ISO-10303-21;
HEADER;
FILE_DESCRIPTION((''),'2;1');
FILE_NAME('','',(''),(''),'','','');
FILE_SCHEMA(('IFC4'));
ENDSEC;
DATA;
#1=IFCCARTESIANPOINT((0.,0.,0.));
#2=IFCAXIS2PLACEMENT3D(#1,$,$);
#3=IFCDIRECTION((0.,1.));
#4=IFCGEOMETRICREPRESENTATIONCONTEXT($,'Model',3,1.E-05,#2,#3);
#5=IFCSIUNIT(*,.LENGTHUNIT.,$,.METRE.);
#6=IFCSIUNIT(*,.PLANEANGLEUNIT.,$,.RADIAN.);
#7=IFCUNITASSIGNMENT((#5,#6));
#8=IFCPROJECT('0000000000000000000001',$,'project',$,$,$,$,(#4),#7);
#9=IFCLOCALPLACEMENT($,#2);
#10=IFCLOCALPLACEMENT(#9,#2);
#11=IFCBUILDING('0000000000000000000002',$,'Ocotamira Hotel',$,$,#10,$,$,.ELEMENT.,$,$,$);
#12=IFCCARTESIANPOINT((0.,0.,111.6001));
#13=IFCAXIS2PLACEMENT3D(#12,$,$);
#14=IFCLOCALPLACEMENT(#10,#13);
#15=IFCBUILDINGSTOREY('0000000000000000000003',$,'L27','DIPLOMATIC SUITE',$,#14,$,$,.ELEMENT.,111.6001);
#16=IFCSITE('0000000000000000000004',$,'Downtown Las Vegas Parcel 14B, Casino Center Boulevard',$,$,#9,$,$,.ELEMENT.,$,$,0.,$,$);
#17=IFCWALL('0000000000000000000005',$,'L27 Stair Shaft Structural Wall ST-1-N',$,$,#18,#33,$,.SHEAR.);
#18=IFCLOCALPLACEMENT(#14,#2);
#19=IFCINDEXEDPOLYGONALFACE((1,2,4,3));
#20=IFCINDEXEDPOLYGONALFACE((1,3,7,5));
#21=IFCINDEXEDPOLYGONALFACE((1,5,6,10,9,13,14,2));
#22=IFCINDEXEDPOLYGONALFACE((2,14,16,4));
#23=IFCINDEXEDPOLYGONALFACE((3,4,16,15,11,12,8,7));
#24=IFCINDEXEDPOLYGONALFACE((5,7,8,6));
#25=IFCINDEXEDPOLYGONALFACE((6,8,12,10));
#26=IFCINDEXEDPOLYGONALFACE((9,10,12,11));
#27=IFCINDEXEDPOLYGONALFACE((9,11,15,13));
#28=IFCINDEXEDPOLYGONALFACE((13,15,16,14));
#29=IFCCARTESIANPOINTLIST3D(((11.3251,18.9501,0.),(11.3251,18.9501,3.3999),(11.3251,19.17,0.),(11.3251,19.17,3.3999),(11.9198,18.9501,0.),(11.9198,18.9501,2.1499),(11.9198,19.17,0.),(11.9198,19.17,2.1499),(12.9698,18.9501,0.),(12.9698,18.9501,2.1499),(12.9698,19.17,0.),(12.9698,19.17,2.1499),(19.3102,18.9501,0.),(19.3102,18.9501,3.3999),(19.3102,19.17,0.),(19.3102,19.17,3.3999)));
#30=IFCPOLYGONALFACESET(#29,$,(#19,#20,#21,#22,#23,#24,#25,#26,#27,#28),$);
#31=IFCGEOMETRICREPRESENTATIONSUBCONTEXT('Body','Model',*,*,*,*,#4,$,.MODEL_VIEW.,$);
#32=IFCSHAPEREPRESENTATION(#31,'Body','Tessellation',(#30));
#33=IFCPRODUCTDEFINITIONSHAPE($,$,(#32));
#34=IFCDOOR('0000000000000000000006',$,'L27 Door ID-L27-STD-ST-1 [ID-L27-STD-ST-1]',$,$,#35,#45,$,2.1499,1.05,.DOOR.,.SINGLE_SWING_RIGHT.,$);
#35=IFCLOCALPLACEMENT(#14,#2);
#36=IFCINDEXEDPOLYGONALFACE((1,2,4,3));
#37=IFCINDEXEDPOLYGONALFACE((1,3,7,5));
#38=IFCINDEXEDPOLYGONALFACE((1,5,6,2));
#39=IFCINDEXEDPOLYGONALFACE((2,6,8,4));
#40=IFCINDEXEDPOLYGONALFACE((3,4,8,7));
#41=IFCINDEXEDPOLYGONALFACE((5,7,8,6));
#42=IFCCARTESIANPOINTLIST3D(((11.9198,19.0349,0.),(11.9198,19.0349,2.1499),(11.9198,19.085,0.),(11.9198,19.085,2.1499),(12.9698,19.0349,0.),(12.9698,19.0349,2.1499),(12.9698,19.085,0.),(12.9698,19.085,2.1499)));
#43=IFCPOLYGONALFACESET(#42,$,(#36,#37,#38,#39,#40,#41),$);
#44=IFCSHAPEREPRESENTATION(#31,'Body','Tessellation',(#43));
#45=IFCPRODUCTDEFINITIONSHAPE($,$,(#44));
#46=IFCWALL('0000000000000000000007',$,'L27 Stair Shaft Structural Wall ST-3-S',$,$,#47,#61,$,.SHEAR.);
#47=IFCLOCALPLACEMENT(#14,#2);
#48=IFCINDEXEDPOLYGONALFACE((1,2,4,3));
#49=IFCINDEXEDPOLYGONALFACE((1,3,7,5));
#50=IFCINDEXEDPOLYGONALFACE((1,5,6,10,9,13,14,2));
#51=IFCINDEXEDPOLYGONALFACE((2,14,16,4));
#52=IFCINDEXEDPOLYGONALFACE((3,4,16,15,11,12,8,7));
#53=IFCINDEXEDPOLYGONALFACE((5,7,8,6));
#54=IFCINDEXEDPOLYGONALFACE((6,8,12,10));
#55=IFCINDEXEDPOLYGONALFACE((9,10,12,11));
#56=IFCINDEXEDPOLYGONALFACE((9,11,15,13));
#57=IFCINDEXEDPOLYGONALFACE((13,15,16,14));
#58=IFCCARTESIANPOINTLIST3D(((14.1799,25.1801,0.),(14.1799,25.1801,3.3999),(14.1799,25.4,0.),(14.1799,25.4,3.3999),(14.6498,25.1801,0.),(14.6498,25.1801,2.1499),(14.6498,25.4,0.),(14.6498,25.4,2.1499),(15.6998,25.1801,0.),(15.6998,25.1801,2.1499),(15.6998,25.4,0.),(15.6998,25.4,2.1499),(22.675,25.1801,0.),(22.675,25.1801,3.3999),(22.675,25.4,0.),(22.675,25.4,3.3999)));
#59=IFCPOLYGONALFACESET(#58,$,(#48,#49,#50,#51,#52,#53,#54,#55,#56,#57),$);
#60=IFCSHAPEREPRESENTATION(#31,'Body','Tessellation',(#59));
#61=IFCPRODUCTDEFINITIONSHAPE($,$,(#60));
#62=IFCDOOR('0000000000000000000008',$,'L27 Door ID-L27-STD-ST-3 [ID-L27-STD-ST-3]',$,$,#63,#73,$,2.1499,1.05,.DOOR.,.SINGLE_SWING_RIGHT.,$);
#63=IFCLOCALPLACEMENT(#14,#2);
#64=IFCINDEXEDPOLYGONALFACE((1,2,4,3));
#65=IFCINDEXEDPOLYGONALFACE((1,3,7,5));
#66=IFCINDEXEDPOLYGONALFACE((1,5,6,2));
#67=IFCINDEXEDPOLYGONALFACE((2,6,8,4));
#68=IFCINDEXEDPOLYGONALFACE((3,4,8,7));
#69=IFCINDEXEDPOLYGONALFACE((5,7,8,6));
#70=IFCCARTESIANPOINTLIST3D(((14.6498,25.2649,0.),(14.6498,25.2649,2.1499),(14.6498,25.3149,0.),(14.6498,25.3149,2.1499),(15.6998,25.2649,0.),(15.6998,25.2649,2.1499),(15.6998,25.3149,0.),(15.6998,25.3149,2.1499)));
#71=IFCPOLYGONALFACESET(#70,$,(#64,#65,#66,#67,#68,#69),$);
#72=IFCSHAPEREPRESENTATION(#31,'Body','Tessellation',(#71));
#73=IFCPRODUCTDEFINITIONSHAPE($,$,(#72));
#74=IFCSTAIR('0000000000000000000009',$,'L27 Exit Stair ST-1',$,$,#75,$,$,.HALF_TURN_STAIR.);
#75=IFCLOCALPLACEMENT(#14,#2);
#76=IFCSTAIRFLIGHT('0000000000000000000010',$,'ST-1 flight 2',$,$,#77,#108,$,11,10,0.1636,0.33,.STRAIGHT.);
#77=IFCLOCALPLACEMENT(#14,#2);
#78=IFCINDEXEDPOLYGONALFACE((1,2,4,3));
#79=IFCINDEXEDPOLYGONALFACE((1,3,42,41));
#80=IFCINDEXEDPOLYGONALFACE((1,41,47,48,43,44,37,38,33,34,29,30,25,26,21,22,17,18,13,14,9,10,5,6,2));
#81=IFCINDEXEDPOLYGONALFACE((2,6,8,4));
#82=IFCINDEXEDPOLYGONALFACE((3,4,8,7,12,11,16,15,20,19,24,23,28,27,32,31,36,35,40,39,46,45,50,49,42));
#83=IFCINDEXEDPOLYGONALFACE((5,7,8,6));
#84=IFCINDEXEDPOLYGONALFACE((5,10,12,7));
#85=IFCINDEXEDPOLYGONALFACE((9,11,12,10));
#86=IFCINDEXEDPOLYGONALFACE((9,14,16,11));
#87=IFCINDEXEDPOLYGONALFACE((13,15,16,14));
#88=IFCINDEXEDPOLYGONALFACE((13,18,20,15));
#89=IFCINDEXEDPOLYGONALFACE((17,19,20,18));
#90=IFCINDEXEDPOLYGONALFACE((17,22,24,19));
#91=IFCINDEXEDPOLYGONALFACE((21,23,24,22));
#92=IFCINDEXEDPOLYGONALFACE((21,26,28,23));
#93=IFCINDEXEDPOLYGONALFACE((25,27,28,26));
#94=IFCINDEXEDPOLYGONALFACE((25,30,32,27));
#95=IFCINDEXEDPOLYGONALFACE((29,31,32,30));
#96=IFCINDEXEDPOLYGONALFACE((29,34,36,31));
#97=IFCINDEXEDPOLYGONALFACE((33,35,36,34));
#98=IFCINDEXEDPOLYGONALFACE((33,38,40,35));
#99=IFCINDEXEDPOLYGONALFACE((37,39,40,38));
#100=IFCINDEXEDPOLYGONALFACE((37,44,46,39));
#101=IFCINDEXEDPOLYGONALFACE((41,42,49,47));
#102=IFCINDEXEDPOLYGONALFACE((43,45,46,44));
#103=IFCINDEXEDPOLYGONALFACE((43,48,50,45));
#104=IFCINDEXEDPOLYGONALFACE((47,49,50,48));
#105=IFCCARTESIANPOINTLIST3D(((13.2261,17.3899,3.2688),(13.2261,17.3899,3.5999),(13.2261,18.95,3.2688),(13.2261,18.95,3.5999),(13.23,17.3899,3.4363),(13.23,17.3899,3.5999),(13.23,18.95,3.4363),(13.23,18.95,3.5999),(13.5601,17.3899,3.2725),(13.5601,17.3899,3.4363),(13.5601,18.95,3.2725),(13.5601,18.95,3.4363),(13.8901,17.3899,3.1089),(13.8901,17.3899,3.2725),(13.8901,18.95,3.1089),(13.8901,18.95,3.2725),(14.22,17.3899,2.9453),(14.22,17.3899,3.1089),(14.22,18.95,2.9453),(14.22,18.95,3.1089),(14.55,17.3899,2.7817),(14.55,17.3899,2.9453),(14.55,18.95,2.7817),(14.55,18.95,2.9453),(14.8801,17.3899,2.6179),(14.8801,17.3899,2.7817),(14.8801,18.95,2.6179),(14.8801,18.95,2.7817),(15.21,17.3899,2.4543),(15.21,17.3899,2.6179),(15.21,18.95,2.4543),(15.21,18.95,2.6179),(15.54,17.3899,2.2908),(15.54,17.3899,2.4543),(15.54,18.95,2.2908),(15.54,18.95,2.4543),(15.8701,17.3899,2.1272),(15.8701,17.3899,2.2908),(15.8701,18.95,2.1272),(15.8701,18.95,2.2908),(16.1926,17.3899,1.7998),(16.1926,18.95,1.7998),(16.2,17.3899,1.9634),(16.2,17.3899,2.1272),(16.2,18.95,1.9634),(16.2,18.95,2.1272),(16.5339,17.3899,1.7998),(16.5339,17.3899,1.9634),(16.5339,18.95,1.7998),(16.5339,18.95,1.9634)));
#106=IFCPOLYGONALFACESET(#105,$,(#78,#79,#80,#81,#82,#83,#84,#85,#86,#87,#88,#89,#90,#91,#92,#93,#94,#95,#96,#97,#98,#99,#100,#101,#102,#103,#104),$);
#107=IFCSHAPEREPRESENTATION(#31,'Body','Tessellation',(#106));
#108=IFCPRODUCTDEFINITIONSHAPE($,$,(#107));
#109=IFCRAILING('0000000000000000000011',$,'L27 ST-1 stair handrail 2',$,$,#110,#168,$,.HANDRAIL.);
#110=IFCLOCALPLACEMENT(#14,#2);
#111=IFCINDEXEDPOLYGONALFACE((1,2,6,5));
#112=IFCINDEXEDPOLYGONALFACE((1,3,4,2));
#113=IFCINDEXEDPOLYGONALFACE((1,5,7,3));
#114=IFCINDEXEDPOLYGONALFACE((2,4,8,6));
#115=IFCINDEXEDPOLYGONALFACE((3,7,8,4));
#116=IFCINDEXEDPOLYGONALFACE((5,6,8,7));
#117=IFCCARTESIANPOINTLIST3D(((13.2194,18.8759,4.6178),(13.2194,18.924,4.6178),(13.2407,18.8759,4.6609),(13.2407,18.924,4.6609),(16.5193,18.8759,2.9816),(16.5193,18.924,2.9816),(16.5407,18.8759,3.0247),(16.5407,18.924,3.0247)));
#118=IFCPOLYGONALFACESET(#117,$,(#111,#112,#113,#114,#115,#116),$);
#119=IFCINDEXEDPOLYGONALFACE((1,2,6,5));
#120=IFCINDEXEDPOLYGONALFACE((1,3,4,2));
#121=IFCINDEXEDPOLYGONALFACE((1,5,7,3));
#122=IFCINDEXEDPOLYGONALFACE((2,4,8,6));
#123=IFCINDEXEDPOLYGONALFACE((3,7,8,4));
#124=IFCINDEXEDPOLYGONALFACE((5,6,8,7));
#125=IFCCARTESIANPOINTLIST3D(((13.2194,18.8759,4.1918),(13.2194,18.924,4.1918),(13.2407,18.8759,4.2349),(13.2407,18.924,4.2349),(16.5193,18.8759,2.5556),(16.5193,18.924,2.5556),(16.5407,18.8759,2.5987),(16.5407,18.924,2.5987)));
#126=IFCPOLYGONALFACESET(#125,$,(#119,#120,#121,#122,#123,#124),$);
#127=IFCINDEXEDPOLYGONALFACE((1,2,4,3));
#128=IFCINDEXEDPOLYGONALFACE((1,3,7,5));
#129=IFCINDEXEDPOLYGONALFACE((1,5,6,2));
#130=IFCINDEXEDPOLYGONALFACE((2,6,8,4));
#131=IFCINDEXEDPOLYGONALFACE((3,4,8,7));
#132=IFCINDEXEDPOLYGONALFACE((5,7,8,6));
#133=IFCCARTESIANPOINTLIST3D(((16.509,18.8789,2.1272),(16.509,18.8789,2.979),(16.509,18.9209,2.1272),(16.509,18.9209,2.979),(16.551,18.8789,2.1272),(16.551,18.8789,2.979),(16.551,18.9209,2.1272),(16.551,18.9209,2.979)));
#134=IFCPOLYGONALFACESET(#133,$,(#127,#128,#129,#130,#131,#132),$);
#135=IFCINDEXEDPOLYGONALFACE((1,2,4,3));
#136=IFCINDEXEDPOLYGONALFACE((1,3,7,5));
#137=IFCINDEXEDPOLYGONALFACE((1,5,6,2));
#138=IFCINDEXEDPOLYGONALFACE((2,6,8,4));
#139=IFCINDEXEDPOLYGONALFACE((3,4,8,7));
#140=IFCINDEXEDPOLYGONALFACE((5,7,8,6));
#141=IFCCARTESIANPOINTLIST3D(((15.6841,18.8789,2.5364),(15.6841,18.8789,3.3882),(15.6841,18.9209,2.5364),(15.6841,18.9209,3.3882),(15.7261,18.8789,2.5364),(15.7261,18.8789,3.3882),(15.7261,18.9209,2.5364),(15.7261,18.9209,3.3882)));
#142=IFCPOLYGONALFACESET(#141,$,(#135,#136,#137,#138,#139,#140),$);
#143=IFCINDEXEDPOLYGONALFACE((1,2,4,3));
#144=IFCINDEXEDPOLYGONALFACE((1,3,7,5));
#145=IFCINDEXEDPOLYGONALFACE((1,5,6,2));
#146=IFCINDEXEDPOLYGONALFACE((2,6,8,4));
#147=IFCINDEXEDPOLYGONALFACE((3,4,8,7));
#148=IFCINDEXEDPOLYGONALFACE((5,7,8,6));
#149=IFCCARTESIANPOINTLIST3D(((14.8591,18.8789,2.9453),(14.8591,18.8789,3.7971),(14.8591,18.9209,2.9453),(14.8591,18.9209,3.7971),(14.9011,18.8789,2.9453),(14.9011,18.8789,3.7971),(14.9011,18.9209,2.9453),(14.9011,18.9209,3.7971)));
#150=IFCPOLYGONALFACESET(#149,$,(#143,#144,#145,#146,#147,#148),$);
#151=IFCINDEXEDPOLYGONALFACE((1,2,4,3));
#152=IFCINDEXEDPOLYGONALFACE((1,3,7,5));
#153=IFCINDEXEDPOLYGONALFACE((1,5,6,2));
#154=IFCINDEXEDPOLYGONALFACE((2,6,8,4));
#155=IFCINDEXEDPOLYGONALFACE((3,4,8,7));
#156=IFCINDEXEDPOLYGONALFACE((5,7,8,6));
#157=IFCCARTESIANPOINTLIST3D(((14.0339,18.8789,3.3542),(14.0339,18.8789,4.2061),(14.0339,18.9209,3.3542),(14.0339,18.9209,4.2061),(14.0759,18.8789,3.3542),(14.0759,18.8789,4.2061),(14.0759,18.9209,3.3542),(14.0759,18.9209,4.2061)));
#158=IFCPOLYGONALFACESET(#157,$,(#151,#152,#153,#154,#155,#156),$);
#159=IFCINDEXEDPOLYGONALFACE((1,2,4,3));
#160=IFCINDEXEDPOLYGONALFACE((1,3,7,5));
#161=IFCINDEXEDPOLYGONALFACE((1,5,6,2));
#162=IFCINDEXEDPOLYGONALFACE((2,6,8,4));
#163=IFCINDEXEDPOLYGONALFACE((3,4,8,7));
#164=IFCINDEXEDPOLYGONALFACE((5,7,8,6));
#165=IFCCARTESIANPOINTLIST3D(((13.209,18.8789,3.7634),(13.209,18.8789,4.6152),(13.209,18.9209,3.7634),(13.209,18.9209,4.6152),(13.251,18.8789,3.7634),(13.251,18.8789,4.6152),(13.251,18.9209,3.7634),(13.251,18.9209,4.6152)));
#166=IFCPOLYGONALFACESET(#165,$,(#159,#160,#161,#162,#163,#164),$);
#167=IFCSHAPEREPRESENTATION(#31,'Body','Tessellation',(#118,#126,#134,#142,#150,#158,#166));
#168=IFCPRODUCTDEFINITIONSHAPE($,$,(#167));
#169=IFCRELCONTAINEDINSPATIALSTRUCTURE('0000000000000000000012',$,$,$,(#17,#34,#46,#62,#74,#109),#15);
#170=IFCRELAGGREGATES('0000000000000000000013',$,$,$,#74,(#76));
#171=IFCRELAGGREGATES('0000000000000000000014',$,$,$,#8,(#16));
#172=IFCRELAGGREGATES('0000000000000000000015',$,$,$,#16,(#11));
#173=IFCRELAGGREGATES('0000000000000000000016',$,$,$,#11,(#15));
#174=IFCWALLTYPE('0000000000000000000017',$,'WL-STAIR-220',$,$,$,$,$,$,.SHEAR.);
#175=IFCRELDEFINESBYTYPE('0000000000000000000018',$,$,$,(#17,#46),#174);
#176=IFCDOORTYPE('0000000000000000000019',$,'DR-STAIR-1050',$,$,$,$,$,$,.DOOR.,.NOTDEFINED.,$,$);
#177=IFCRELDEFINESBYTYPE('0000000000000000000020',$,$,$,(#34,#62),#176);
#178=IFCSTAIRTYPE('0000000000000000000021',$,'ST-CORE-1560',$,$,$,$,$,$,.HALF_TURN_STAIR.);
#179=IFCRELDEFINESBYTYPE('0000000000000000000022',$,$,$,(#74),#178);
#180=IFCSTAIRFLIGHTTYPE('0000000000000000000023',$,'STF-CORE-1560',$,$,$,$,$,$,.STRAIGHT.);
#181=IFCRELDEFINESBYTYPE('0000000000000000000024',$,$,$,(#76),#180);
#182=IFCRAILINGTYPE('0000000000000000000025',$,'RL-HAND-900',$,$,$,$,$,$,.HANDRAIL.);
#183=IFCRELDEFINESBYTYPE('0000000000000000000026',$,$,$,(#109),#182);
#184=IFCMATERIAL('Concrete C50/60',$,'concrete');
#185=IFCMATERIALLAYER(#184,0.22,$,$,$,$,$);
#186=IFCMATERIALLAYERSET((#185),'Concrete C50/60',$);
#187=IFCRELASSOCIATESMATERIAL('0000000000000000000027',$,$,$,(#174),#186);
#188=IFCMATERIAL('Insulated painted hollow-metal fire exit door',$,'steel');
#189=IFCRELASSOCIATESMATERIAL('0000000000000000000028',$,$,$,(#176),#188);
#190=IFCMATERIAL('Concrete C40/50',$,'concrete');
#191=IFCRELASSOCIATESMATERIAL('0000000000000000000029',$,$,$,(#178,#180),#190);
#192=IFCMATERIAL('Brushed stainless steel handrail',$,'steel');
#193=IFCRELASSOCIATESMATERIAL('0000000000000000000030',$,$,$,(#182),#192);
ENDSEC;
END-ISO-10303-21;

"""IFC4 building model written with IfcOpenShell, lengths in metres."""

from ifc_helpers import new_model, si_unit, direction, frame, frame_2d, origin, origin_2d, place, context, subcontext, project, spatial, polyline, rectangle, outline, extrude, source, transform, mapped, material, layer, layer_set, type_object, element, fill, aggregate, save


model = new_model("IFC4")

# Units and contexts
model_context = context("Model", 3, precision=1e-05, world=origin(), true_north=direction((0.0, 1.0)))
body_context = subcontext(model_context, "Body", "Model", "MODEL_VIEW")
ifc_project = project(units=[si_unit("LENGTHUNIT", "METRE"), si_unit("PLANEANGLEUNIT", "RADIAN")], contexts=[model_context])

# Site, building, storey
site_placement = place(None, origin())
site = spatial("IfcSite", under=ifc_project, at=site_placement, Name="Downtown Las Vegas Parcel 14B, Casino Center Boulevard", CompositionType="ELEMENT", RefElevation=0.0)
building_placement = place(site_placement, origin())
building = spatial("IfcBuilding", under=site, at=building_placement, Name="Ocotamira Hotel", CompositionType="ELEMENT")
storey_placement = place(building_placement, frame((0.0, 0.0, 111.6001)))
storey = spatial("IfcBuildingStorey", under=building, at=storey_placement, Name="L27", Description="DIPLOMATIC SUITE", CompositionType="ELEMENT", Elevation=111.6001)

# Walls, openings, doors
ifc_material_1 = material(Name="Concrete C50/60", Category="concrete")
ifc_layer_1 = layer(ifc_material_1, 0.22)
ifc_layer_set_1 = layer_set([ifc_layer_1], Name="Concrete C50/60")
wall_type_1 = type_object("IfcWallType", Name="WL-STAIR-220", PredefinedType="SHEAR", material=ifc_layer_set_1)
wall_1_placement = place(storey_placement, frame((11.325, 19.0601, 0.0), z_axis=(0.0, 0.0, 1.0), x_axis=(1.0, 0.0, 0.0)))
wall_1 = element("IfcWall", 1, at=wall_1_placement, inside=storey, type_object=wall_type_1, Name="L27 Stair Shaft Structural Wall ST-1-N", PredefinedType="SHEAR", context=body_context, shape_type="SweptSolid", body=[
    extrude(rectangle(XDim=7.9851, YDim=0.22, at=frame_2d((3.9927, 0.0))), origin(), (0.0, 0.0, 1.0), 3.3999),
])
opening_1_placement = place(wall_1_placement, frame((0.595, 0.0, 0.0)))
opening_1 = element("IfcOpeningElement", 2, at=opening_1_placement, cuts=wall_1, PredefinedType="OPENING", context=body_context, shape_type="SweptSolid", body=[
    extrude(rectangle(XDim=1.05, YDim=2.1499, at=frame_2d((0.5249, 1.075))), frame((0.0, 0.1201, 0.0), z_axis=(0.0, -1.0, 0.0), x_axis=(1.0, 0.0, 0.0)), (0.0, 0.0, 1.0), 0.24),
])
ifc_material_2 = material(Name="Insulated painted hollow-metal fire exit door", Category="steel")
door_type_1 = type_object("IfcDoorType", Name="DR-STAIR-1050", OperationType="NOTDEFINED", PredefinedType="DOOR", material=ifc_material_2)
shared_shape_1 = source(origin(), body_context, "Body", "SweptSolid", [
    extrude(rectangle(XDim=1.05, YDim=2.1499, at=frame_2d((0.5249, 1.075))), frame((0.0, 0.0249, 0.0), z_axis=(0.0, -1.0, 0.0), x_axis=(1.0, 0.0, 0.0)), (0.0, 0.0, 1.0), 0.05),
])
door_1_placement = place(opening_1_placement, origin())
door_1 = element("IfcDoor", 3, at=door_1_placement, inside=storey, type_object=door_type_1, Name="L27 Door ID-L27-STD-ST-1 [ID-L27-STD-ST-1]", OperationType="SINGLE_SWING_RIGHT", OverallHeight=2.1499, OverallWidth=1.05, PredefinedType="DOOR", context=body_context, shape_type="MappedRepresentation", body=[
    mapped(shared_shape_1, transform((0.0, 0.0, 0.0), scale=1.0)),
])
fill(opening_1, door_1)
wall_2_placement = place(storey_placement, frame((14.1799, 25.29, 0.0), z_axis=(0.0, 0.0, 1.0), x_axis=(1.0, 0.0, 0.0)))
wall_2 = element("IfcWall", 4, at=wall_2_placement, inside=storey, type_object=wall_type_1, Name="L27 Stair Shaft Structural Wall ST-3-S", PredefinedType="SHEAR", context=body_context, shape_type="SweptSolid", body=[
    extrude(rectangle(XDim=8.4951, YDim=0.22, at=frame_2d((4.2476, 0.0))), origin(), (0.0, 0.0, 1.0), 3.3999),
])
opening_2_placement = place(wall_2_placement, frame((0.47, 0.0, 0.0)))
opening_2 = element("IfcOpeningElement", 5, at=opening_2_placement, cuts=wall_2, PredefinedType="OPENING", context=body_context, shape_type="SweptSolid", body=[
    extrude(rectangle(XDim=1.05, YDim=2.1499, at=frame_2d((0.5249, 1.075))), frame((0.0, 0.1201, 0.0), z_axis=(0.0, -1.0, 0.0), x_axis=(1.0, 0.0, 0.0)), (0.0, 0.0, 1.0), 0.24),
])
door_2_placement = place(opening_2_placement, origin())
door_2 = element("IfcDoor", 6, at=door_2_placement, inside=storey, type_object=door_type_1, Name="L27 Door ID-L27-STD-ST-3 [ID-L27-STD-ST-3]", OperationType="SINGLE_SWING_RIGHT", OverallHeight=2.1499, OverallWidth=1.05, PredefinedType="DOOR", context=body_context, shape_type="MappedRepresentation", body=[
    mapped(shared_shape_1, transform((0.0, 0.0, 0.0), scale=1.0)),
])
fill(opening_2, door_2)

# Stair, stair flight
ifc_material_3 = material(Name="Concrete C40/50", Category="concrete")
stair_type = type_object("IfcStairType", Name="ST-CORE-1560", PredefinedType="HALF_TURN_STAIR", material=ifc_material_3)
stair_placement = place(storey_placement, origin())
stair = element("IfcStair", 7, at=stair_placement, inside=storey, type_object=stair_type, Name="L27 Exit Stair ST-1", PredefinedType="HALF_TURN_STAIR")
stair_flight_type = type_object("IfcStairFlightType", Name="STF-CORE-1560", PredefinedType="STRAIGHT", material=ifc_material_3)
shared_shape_2 = source(origin(), body_context, "Body", "SweptSolid", [
    extrude(outline(polyline([(-0.0039, 0.0), (-0.0039, 0.1636), (0.3301, 0.1636), (0.3301, 0.3274), (0.6599, 0.3274), (0.6599, 0.491), (0.99, 0.491), (0.99, 0.6545), (1.3201, 0.6545), (1.3201, 0.8181), (1.6499, 0.8181), (1.6499, 0.9819), (1.98, 0.9819), (1.98, 1.1455), (2.3101, 1.1455), (2.3101, 1.3091), (2.6399, 1.3091), (2.6399, 1.4727), (2.97, 1.4727), (2.97, 1.6365), (3.3, 1.6365), (3.3, 1.8), (3.304, 1.8), (3.304, 1.469), (0.3374, 0.0), (-0.0039, 0.0)])), frame((0.0, 0.78, 0.0), z_axis=(0.0, -1.0, 0.0), x_axis=(1.0, 0.0, 0.0)), (0.0, 0.0, 1.0), 1.5601),
])
stair_flight_placement = place(storey_placement, frame((16.53, 18.1699, 1.7998), z_axis=(0.0, 0.0, 1.0), x_axis=(-1.0, 0.0, 0.0)))
stair_flight = element("IfcStairFlight", 8, at=stair_flight_placement, type_object=stair_flight_type, Name="ST-1 flight 2", NumberOfRisers=11, NumberOfTreads=10, PredefinedType="STRAIGHT", RiserHeight=0.1636, TreadLength=0.33, context=body_context, shape_type="MappedRepresentation", body=[
    mapped(shared_shape_2, transform((0.0, 0.0, 0.0), scale=1.0)),
])
aggregate(stair, [stair_flight])

# Railing
ifc_material_4 = material(Name="Brushed stainless steel handrail", Category="steel")
railing_type_1 = type_object("IfcRailingType", Name="RL-HAND-900", PredefinedType="HANDRAIL", material=ifc_material_4)
railing_1_placement = place(storey_placement, frame((16.53, 18.8999, 2.1272)))
element("IfcRailing", 9, at=railing_1_placement, inside=storey, type_object=railing_type_1, Name="L27 ST-1 stair handrail 2", PredefinedType="HANDRAIL", context=body_context, shape_type="SweptSolid", body=[
    extrude(rectangle(XDim=0.0481, YDim=0.0481, at=origin_2d()), frame((0.0, 0.0, 0.876), z_axis=(-0.89592, 0.0, 0.444215), x_axis=(0.0, -1.0, 0.0)), (0.0, 0.0, 1.0), 3.6833),
    extrude(rectangle(XDim=0.0481, YDim=0.0481, at=origin_2d()), frame((0.0, 0.0, 0.45), z_axis=(-0.89592, 0.0, 0.444215), x_axis=(0.0, -1.0, 0.0)), (0.0, 0.0, 1.0), 3.6833),
    extrude(rectangle(XDim=0.042, YDim=0.042, at=origin_2d()), origin(), (0.0, 0.0, 1.0), 0.8518),
    extrude(rectangle(XDim=0.042, YDim=0.042, at=origin_2d()), frame((-0.825, 0.0, 0.4092)), (0.0, 0.0, 1.0), 0.8518),
    extrude(rectangle(XDim=0.042, YDim=0.042, at=origin_2d()), frame((-1.6499, 0.0, 0.8181)), (0.0, 0.0, 1.0), 0.8518),
    extrude(rectangle(XDim=0.042, YDim=0.042, at=origin_2d()), frame((-2.4751, 0.0, 1.2271)), (0.0, 0.0, 1.0), 0.8518),
    extrude(rectangle(XDim=0.042, YDim=0.042, at=origin_2d()), frame((-3.3, 0.0, 1.6362)), (0.0, 0.0, 1.0), 0.8518),
])

save(model, "model.ifc")
